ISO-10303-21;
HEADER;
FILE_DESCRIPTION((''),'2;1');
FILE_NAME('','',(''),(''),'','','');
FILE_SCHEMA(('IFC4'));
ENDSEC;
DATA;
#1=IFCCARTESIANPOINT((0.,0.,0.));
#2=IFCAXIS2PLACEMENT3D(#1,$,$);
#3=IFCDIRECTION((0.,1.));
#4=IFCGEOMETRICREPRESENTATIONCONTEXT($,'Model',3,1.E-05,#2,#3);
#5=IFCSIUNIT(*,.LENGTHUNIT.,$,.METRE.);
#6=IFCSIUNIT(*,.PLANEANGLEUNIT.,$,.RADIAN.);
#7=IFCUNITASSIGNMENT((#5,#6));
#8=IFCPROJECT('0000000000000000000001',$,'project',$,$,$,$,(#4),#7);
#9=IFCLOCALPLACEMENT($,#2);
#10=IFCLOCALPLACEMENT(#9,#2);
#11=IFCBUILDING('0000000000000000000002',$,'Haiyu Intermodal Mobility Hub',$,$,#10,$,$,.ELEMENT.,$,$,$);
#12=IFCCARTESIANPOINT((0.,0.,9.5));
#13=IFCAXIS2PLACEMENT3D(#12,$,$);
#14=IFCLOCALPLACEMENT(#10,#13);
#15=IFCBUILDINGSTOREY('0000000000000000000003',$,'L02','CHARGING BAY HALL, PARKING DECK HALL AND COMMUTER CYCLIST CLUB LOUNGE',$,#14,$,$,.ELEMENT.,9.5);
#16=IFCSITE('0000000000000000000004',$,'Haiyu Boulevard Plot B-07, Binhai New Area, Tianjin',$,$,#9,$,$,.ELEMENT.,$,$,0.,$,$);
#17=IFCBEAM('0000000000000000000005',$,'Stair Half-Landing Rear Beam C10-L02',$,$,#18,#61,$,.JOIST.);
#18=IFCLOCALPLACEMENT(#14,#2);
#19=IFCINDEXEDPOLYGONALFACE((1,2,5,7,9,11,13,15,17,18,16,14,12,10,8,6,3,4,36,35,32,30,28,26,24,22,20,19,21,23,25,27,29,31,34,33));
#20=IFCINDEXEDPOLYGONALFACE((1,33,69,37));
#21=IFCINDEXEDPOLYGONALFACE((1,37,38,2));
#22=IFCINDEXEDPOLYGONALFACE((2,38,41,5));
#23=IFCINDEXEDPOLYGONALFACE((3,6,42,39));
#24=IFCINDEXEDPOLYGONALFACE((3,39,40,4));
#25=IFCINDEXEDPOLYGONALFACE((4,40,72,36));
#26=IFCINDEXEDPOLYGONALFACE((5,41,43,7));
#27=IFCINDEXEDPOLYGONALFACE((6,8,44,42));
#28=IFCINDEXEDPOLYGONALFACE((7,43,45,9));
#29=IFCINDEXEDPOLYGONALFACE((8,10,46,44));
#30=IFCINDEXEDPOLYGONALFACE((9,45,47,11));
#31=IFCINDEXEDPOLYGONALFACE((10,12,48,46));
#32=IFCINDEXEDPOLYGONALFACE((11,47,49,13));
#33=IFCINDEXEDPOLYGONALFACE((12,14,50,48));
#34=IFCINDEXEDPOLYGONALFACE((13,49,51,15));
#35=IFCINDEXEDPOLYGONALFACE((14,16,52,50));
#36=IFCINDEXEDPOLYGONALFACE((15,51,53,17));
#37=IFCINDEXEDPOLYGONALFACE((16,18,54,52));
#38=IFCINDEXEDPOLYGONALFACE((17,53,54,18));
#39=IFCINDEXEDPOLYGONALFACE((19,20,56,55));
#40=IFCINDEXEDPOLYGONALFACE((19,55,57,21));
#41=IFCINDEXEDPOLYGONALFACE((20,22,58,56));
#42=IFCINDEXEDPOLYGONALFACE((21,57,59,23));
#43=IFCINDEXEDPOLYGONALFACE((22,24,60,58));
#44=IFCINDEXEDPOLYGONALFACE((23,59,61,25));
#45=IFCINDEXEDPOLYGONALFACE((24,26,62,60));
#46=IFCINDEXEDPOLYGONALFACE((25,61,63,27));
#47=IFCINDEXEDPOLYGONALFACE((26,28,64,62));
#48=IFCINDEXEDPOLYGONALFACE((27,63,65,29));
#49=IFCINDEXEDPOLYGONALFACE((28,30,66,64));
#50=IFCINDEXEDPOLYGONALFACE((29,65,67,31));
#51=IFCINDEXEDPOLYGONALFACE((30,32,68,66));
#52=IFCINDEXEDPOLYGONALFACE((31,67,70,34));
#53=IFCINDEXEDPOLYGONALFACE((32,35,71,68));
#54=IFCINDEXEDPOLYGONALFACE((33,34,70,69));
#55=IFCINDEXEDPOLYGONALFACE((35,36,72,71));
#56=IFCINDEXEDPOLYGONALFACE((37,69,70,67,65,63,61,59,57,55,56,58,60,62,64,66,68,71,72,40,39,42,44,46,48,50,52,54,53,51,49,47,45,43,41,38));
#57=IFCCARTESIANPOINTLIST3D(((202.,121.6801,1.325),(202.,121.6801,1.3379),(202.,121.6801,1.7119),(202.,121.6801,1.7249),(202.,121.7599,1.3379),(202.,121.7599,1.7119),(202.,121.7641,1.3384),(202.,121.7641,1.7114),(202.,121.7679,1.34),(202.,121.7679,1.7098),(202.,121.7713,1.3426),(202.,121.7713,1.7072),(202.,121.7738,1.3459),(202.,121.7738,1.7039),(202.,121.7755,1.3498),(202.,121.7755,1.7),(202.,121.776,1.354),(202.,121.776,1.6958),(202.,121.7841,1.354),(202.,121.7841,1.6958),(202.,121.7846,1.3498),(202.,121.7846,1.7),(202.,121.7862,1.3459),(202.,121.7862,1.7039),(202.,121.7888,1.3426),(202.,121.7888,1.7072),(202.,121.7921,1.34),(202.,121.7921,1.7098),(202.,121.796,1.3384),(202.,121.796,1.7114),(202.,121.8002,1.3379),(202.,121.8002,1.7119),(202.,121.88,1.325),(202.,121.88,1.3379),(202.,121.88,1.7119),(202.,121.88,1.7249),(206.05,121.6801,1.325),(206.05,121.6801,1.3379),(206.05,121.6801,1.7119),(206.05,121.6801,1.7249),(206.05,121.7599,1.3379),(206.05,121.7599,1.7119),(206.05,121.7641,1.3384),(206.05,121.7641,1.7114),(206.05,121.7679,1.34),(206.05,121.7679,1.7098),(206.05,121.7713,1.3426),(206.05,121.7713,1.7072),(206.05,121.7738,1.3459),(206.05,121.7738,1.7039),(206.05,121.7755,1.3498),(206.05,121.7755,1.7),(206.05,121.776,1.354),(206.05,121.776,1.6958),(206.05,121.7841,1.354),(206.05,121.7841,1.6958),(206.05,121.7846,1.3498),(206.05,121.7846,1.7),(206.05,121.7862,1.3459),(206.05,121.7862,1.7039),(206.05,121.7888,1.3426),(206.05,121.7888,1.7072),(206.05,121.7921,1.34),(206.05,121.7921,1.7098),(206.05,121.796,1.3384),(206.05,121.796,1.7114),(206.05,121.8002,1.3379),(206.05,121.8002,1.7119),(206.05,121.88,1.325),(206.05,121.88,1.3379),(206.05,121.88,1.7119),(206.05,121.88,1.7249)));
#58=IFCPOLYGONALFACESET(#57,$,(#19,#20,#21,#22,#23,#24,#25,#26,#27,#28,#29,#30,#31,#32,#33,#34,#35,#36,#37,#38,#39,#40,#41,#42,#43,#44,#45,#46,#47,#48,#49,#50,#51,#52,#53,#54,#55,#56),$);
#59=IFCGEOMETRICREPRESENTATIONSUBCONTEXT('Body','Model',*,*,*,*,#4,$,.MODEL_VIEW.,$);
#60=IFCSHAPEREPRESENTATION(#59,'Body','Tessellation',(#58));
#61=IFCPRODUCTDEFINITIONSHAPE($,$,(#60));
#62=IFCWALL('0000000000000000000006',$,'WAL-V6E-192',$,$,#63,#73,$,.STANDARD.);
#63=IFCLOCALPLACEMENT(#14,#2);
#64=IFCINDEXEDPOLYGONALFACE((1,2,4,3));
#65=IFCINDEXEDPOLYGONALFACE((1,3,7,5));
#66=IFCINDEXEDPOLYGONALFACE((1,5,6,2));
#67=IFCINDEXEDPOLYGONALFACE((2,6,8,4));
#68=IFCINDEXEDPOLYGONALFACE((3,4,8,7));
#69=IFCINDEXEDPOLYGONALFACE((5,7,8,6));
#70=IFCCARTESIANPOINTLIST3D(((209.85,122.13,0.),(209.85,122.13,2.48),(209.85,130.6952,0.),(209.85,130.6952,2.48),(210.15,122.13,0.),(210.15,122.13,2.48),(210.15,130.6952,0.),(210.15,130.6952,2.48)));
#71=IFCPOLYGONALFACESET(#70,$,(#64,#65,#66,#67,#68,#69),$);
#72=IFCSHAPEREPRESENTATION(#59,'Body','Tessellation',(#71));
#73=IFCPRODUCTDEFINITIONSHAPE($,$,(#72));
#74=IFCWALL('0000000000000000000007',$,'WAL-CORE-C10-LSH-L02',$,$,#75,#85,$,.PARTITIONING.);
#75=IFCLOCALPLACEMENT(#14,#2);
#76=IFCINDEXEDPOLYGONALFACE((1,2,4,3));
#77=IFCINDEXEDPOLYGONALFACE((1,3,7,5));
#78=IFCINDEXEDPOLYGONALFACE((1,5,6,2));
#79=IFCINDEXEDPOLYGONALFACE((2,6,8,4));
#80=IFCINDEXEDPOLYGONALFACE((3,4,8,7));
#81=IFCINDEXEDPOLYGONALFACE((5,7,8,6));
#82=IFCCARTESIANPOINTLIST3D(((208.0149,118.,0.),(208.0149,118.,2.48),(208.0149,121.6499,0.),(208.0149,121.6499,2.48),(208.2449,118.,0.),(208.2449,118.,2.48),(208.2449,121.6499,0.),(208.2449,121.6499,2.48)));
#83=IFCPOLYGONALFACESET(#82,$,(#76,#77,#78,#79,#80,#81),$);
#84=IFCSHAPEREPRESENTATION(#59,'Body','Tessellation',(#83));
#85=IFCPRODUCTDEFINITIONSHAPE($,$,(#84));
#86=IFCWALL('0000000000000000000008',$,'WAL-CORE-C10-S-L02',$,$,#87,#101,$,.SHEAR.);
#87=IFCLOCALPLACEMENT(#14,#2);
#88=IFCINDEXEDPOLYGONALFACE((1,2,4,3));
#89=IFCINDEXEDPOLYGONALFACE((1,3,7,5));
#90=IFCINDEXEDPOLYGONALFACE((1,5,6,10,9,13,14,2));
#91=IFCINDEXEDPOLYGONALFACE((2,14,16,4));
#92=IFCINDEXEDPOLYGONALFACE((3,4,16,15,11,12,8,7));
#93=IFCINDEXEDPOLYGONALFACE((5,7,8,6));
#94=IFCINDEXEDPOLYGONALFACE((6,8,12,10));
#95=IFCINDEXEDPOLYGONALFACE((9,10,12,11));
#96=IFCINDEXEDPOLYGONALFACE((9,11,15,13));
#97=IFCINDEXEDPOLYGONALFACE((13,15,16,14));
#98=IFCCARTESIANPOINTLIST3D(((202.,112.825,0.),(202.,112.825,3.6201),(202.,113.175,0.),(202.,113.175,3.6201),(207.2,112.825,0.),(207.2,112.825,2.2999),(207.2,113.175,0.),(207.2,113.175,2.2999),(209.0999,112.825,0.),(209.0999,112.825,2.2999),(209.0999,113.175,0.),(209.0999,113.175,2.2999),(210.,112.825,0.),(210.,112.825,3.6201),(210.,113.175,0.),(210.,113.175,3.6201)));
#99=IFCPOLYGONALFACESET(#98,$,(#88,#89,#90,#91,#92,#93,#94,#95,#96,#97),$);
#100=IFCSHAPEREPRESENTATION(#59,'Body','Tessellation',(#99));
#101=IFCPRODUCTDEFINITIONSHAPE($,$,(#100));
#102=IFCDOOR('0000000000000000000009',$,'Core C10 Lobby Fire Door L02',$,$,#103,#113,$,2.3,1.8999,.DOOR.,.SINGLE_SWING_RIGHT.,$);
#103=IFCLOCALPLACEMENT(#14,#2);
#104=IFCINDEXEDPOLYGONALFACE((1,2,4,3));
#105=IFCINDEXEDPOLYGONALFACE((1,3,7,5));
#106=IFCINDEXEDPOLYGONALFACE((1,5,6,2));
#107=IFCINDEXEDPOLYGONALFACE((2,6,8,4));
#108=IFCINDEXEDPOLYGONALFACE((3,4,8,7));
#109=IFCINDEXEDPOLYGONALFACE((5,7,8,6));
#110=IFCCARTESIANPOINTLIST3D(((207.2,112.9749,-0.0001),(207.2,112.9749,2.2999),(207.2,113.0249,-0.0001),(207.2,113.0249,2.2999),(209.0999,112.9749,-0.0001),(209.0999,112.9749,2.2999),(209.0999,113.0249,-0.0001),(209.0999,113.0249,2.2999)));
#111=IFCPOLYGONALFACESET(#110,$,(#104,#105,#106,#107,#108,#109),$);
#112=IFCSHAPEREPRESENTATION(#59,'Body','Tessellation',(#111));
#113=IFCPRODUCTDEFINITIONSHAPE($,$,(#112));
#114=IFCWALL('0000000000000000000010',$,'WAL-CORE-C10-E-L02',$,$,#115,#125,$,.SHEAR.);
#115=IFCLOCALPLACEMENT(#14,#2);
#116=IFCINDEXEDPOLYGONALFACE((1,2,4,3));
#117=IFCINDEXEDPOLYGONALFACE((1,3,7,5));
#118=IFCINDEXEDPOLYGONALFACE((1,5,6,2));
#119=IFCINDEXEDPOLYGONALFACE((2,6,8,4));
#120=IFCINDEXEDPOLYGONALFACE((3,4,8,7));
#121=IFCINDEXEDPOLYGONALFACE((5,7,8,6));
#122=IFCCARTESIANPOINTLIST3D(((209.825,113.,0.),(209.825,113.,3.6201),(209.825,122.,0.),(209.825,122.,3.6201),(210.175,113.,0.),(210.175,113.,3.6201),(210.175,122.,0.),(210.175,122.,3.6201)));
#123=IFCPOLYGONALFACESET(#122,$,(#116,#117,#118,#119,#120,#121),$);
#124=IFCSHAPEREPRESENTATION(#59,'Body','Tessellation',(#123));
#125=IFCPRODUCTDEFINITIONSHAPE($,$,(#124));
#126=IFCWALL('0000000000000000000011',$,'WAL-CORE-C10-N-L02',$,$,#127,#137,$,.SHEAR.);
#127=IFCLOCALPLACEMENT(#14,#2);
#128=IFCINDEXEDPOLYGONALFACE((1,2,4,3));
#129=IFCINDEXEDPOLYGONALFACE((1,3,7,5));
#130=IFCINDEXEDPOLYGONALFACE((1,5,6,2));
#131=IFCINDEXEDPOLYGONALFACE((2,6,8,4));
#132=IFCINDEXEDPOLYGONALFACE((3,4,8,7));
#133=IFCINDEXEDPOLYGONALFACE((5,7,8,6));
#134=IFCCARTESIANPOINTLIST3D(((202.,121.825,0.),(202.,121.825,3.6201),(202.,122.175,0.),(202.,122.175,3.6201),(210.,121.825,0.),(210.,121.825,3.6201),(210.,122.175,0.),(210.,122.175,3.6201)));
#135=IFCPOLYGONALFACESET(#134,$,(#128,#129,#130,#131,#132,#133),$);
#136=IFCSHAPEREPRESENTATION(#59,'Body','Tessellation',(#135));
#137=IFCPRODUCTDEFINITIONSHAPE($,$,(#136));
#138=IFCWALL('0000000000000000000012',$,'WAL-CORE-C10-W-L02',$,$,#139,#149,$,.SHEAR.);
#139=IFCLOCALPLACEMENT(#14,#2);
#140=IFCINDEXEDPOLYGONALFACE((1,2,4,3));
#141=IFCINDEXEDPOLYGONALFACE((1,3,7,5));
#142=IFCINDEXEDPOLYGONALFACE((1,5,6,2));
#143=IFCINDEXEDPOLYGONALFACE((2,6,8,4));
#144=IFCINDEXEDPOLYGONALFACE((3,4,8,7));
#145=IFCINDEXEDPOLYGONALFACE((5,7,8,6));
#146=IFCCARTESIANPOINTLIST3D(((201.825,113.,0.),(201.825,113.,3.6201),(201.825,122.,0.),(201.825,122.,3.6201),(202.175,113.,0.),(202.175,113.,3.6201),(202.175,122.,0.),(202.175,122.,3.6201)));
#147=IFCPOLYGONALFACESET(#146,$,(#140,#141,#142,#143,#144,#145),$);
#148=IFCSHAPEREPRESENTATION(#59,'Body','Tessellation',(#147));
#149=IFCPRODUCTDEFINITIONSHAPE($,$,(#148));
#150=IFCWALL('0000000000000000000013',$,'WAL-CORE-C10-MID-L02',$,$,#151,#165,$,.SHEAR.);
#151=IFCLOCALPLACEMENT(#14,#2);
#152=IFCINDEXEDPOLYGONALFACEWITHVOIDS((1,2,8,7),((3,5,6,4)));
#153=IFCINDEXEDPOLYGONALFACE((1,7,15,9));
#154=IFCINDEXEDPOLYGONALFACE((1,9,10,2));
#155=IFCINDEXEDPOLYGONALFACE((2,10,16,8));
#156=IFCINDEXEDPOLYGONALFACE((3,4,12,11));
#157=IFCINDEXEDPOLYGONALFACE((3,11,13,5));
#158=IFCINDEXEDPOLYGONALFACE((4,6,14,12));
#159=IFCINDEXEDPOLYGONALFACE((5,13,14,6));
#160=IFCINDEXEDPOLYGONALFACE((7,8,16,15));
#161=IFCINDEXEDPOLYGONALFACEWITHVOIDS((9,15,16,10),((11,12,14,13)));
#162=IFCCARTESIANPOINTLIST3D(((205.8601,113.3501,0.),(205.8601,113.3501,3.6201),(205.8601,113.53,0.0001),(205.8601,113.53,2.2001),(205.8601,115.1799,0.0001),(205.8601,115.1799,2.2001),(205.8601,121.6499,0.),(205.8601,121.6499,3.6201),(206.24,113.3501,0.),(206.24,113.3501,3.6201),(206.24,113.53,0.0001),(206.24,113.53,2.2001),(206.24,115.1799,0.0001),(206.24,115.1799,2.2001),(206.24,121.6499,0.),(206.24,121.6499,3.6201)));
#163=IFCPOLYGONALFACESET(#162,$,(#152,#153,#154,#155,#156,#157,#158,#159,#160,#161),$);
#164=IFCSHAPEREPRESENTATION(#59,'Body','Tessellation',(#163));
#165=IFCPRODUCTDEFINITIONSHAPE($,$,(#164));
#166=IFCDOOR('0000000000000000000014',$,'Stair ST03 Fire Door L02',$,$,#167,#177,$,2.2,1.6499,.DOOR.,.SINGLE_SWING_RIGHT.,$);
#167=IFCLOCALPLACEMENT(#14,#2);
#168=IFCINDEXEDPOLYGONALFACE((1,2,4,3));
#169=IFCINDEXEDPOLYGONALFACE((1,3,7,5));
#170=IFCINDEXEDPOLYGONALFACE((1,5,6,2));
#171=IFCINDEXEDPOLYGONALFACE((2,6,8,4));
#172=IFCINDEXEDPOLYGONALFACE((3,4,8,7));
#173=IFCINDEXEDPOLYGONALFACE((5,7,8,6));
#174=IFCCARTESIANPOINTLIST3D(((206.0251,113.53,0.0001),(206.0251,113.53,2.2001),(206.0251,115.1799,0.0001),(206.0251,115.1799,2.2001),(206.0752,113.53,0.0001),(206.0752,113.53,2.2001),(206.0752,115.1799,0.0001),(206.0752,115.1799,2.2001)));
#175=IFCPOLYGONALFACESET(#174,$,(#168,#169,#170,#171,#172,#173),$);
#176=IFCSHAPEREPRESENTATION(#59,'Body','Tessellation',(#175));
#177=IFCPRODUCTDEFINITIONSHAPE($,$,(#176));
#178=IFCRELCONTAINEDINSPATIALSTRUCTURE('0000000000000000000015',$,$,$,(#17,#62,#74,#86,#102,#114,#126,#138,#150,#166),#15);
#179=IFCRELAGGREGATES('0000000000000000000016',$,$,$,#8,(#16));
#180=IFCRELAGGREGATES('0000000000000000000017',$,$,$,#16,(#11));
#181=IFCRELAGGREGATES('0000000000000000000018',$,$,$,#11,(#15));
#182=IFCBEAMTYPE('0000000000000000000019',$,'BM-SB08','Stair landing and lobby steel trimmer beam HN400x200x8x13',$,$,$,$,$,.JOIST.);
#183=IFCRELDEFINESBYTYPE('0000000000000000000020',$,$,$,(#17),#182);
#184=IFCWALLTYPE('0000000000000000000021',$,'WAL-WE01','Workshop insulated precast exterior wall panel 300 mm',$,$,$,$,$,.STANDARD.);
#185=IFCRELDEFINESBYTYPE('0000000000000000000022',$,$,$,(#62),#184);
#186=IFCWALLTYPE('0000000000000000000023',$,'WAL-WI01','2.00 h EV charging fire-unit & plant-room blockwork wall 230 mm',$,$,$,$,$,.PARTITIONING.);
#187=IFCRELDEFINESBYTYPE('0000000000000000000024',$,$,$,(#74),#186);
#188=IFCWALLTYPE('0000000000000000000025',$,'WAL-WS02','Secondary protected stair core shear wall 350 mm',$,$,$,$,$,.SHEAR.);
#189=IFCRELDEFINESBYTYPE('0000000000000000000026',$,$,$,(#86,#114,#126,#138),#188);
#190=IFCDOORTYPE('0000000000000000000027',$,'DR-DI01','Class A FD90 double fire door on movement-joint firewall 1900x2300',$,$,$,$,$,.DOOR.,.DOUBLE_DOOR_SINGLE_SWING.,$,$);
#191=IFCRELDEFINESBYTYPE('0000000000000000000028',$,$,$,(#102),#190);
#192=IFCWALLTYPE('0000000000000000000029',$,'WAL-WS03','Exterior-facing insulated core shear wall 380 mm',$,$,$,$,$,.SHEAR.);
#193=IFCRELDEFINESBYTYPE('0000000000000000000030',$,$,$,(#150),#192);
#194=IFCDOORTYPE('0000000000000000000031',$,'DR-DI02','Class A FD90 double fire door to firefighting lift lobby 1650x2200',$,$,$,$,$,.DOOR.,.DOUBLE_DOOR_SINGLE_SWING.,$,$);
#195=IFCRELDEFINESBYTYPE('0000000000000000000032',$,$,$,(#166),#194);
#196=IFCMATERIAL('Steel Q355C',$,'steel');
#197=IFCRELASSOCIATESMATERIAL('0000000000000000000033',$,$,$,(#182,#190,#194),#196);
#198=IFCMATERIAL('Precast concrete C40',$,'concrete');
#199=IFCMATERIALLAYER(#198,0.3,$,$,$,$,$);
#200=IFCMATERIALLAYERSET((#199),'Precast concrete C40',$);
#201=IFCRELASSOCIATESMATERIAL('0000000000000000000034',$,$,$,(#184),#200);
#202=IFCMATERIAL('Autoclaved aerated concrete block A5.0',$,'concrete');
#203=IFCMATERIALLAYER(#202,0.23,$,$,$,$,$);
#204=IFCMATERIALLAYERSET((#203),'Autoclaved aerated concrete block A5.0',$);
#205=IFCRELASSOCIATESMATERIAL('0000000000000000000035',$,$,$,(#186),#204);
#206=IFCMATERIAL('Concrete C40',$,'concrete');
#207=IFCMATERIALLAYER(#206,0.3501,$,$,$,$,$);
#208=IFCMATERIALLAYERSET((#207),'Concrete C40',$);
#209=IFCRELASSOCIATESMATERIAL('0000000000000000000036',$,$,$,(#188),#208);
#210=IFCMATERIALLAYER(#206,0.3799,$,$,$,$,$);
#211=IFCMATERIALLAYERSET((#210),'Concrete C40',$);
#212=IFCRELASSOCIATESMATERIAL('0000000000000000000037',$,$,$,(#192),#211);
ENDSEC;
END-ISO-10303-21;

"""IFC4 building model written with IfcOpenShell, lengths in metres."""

from ifc_helpers import new_model, si_unit, direction, frame, frame_2d, origin, origin_2d, place, context, subcontext, project, spatial, rectangle, i_section, extrude, material, layer, layer_set, material_profile, profile_set, type_object, element, fill, save


model = new_model("IFC4")

# Units and contexts
model_context = context("Model", 3, precision=1e-05, world=origin(), true_north=direction((0.0, 1.0)))
body_context = subcontext(model_context, "Body", "Model", "MODEL_VIEW")
ifc_project = project(units=[si_unit("LENGTHUNIT", "METRE"), si_unit("PLANEANGLEUNIT", "RADIAN")], contexts=[model_context])

# Site, building, storey
site_placement = place(None, origin())
site = spatial("IfcSite", under=ifc_project, at=site_placement, Name="Haiyu Boulevard Plot B-07, Binhai New Area, Tianjin", CompositionType="ELEMENT", RefElevation=0.0)
building_placement = place(site_placement, origin())
building = spatial("IfcBuilding", under=site, at=building_placement, Name="Haiyu Intermodal Mobility Hub", CompositionType="ELEMENT")
storey_placement = place(building_placement, frame((0.0, 0.0, 9.5)))
storey = spatial("IfcBuildingStorey", under=building, at=storey_placement, Name="L02", Description="CHARGING BAY HALL, PARKING DECK HALL AND COMMUTER CYCLIST CLUB LOUNGE", CompositionType="ELEMENT", Elevation=9.5)

# Shared definitions
ifc_material_1 = material(Name="Concrete C40", Category="concrete")

# Beam
ifc_material_2 = material(Name="Steel Q355C", Category="steel")
ifc_material_profile_1 = material_profile(ifc_material_2, i_section(OverallWidth=0.2, OverallDepth=0.3999, WebThickness=0.0081, FlangeThickness=0.0129, FilletRadius=0.0161, at=origin_2d()), Name="HN400x200x8x13")
ifc_profile_set_1 = profile_set([ifc_material_profile_1], Name="Steel Q355C")
beam_type_1 = type_object("IfcBeamType", Name="BM-SB08", Description="Stair landing and lobby steel trimmer beam HN400x200x8x13", PredefinedType="JOIST", material=ifc_profile_set_1)
for number, where, z_axis, x_axis, name in (
    (1, (202.0, 121.78, 1.5249), (1.0, 0.0, 0.0), (0.0, 1.0, 0.0), "Stair Half-Landing Rear Beam C10-L02"),
):
    element("IfcBeam", number, at=place(storey_placement, frame(where, z_axis=z_axis, x_axis=x_axis)), inside=storey, type_object=beam_type_1, Name=name, PredefinedType="JOIST", context=body_context, shape_type="SweptSolid", body=[
        extrude(i_section(OverallWidth=0.2, OverallDepth=0.3999, WebThickness=0.0081, FlangeThickness=0.0129, FilletRadius=0.0161, at=origin_2d()), origin(), (0.0, 0.0, 1.0), 4.05),
    ])

# Walls
ifc_material_3 = material(Name="Precast concrete C40", Category="concrete")
ifc_layer_1 = layer(ifc_material_3, 0.3)
ifc_layer_set_1 = layer_set([ifc_layer_1], Name="Precast concrete C40")
wall_type_1 = type_object("IfcWallType", Name="WAL-WE01", Description="Workshop insulated precast exterior wall panel 300 mm", PredefinedType="STANDARD", material=ifc_layer_set_1)
wall_1_placement = place(storey_placement, frame((210.0, 122.1299, 0.0), z_axis=(0.0, 0.0, 1.0), x_axis=(0.0, 1.0, 0.0)))
element("IfcWall", 2, at=wall_1_placement, inside=storey, type_object=wall_type_1, Name="WAL-V6E-192", PredefinedType="STANDARD", context=body_context, shape_type="SweptSolid", body=[
    extrude(rectangle(XDim=8.5652, YDim=0.3, at=frame_2d((4.2827, 0.0))), origin(), (0.0, 0.0, 1.0), 2.48),
])
ifc_material_4 = material(Name="Autoclaved aerated concrete block A5.0", Category="concrete")
ifc_layer_2 = layer(ifc_material_4, 0.23)
ifc_layer_set_2 = layer_set([ifc_layer_2], Name="Autoclaved aerated concrete block A5.0")
wall_type_2 = type_object("IfcWallType", Name="WAL-WI01", Description="2.00 h EV charging fire-unit & plant-room blockwork wall 230 mm", PredefinedType="PARTITIONING", material=ifc_layer_set_2)
wall_2_placement = place(storey_placement, frame((208.1299, 118.0, 0.0), z_axis=(0.0, 0.0, 1.0), x_axis=(0.0, 1.0, 0.0)))
element("IfcWall", 3, at=wall_2_placement, inside=storey, type_object=wall_type_2, Name="WAL-CORE-C10-LSH-L02", PredefinedType="PARTITIONING", context=body_context, shape_type="SweptSolid", body=[
    extrude(rectangle(XDim=3.6499, YDim=0.23, at=frame_2d((1.825, 0.0))), origin(), (0.0, 0.0, 1.0), 2.48),
])

# Wall, opening, door
ifc_layer_3 = layer(ifc_material_1, 0.3501)
ifc_layer_set_3 = layer_set([ifc_layer_3], Name="Concrete C40")
wall_type_3 = type_object("IfcWallType", Name="WAL-WS02", Description="Secondary protected stair core shear wall 350 mm", PredefinedType="SHEAR", material=ifc_layer_set_3)
wall_3_placement = place(storey_placement, frame((202.0, 113.0, 0.0), z_axis=(0.0, 0.0, 1.0), x_axis=(1.0, 0.0, 0.0)))
wall_3 = element("IfcWall", 4, at=wall_3_placement, inside=storey, type_object=wall_type_3, Name="WAL-CORE-C10-S-L02", PredefinedType="SHEAR", context=body_context, shape_type="SweptSolid", body=[
    extrude(rectangle(XDim=8.0, YDim=0.3501, at=frame_2d((4.0, 0.0))), origin(), (0.0, 0.0, 1.0), 3.6201),
])
opening_1_placement = place(wall_3_placement, frame((5.2, 0.0, 0.0)))
opening_1 = element("IfcOpeningElement", 5, at=opening_1_placement, cuts=wall_3, PredefinedType="OPENING", context=body_context, shape_type="SweptSolid", body=[
    extrude(rectangle(XDim=1.8999, YDim=2.3, at=frame_2d((0.95, 1.1499))), frame((0.0, 0.1851, 0.0), z_axis=(0.0, -1.0, 0.0), x_axis=(1.0, 0.0, 0.0)), (0.0, 0.0, 1.0), 0.3701),
])
door_type_1 = type_object("IfcDoorType", Name="DR-DI01", Description="Class A FD90 double fire door on movement-joint firewall 1900x2300", OperationType="DOUBLE_DOOR_SINGLE_SWING", PredefinedType="DOOR", material=ifc_material_2)
door_1_placement = place(opening_1_placement, origin())
door_1 = element("IfcDoor", 6, at=door_1_placement, inside=storey, type_object=door_type_1, Name="Core C10 Lobby Fire Door L02", OperationType="SINGLE_SWING_RIGHT", OverallHeight=2.3, OverallWidth=1.8999, PredefinedType="DOOR", context=body_context, shape_type="SweptSolid", body=[
    extrude(rectangle(XDim=1.8999, YDim=2.3, at=frame_2d((0.95, 1.1499))), frame((0.0, 0.0249, 0.0), z_axis=(0.0, -1.0, 0.0), x_axis=(1.0, 0.0, 0.0)), (0.0, 0.0, 1.0), 0.05),
])
fill(opening_1, door_1)

# Walls
wall_4_placement = place(storey_placement, frame((210.0, 113.0, 0.0), z_axis=(0.0, 0.0, 1.0), x_axis=(0.0, 1.0, 0.0)))
element("IfcWall", 7, at=wall_4_placement, inside=storey, type_object=wall_type_3, Name="WAL-CORE-C10-E-L02", PredefinedType="SHEAR", context=body_context, shape_type="SweptSolid", body=[
    extrude(rectangle(XDim=9.0, YDim=0.3501, at=frame_2d((4.5, 0.0))), origin(), (0.0, 0.0, 1.0), 3.6201),
])
wall_5_placement = place(storey_placement, frame((210.0, 122.0, 0.0), z_axis=(0.0, 0.0, 1.0), x_axis=(-1.0, 0.0, 0.0)))
element("IfcWall", 8, at=wall_5_placement, inside=storey, type_object=wall_type_3, Name="WAL-CORE-C10-N-L02", PredefinedType="SHEAR", context=body_context, shape_type="SweptSolid", body=[
    extrude(rectangle(XDim=8.0, YDim=0.3501, at=frame_2d((4.0, 0.0))), origin(), (0.0, 0.0, 1.0), 3.6201),
])
wall_6_placement = place(storey_placement, frame((202.0, 122.0, 0.0), z_axis=(0.0, 0.0, 1.0), x_axis=(0.0, -1.0, 0.0)))
element("IfcWall", 9, at=wall_6_placement, inside=storey, type_object=wall_type_3, Name="WAL-CORE-C10-W-L02", PredefinedType="SHEAR", context=body_context, shape_type="SweptSolid", body=[
    extrude(rectangle(XDim=9.0, YDim=0.3501, at=frame_2d((4.5, 0.0))), origin(), (0.0, 0.0, 1.0), 3.6201),
])

# Wall, opening, door
ifc_layer_4 = layer(ifc_material_1, 0.3799)
ifc_layer_set_4 = layer_set([ifc_layer_4], Name="Concrete C40")
wall_type_4 = type_object("IfcWallType", Name="WAL-WS03", Description="Exterior-facing insulated core shear wall 380 mm", PredefinedType="SHEAR", material=ifc_layer_set_4)
wall_7_placement = place(storey_placement, frame((206.05, 113.3501, 0.0), z_axis=(0.0, 0.0, 1.0), x_axis=(0.0, 1.0, 0.0)))
wall_7 = element("IfcWall", 10, at=wall_7_placement, inside=storey, type_object=wall_type_4, Name="WAL-CORE-C10-MID-L02", PredefinedType="SHEAR", context=body_context, shape_type="SweptSolid", body=[
    extrude(rectangle(XDim=8.2998, YDim=0.3799, at=frame_2d((4.1499, 0.0))), origin(), (0.0, 0.0, 1.0), 3.6201),
])
opening_2_placement = place(wall_7_placement, frame((0.1799, 0.0, 0.0)))
opening_2 = element("IfcOpeningElement", 11, at=opening_2_placement, cuts=wall_7, PredefinedType="OPENING", context=body_context, shape_type="SweptSolid", body=[
    extrude(rectangle(XDim=1.6499, YDim=2.2, at=frame_2d((0.825, 1.1001))), frame((0.0, 0.2, 0.0), z_axis=(0.0, -1.0, 0.0), x_axis=(1.0, 0.0, 0.0)), (0.0, 0.0, 1.0), 0.3999),
])
door_type_2 = type_object("IfcDoorType", Name="DR-DI02", Description="Class A FD90 double fire door to firefighting lift lobby 1650x2200", OperationType="DOUBLE_DOOR_SINGLE_SWING", PredefinedType="DOOR", material=ifc_material_2)
door_2_placement = place(opening_2_placement, origin())
door_2 = element("IfcDoor", 12, at=door_2_placement, inside=storey, type_object=door_type_2, Name="Stair ST03 Fire Door L02", OperationType="SINGLE_SWING_RIGHT", OverallHeight=2.2, OverallWidth=1.6499, PredefinedType="DOOR", context=body_context, shape_type="SweptSolid", body=[
    extrude(rectangle(XDim=1.6499, YDim=2.2, at=frame_2d((0.825, 1.1001))), frame((0.0, 0.0249, 0.0), z_axis=(0.0, -1.0, 0.0), x_axis=(1.0, 0.0, 0.0)), (0.0, 0.0, 1.0), 0.05),
])
fill(opening_2, door_2)

save(model, "model.ifc")
